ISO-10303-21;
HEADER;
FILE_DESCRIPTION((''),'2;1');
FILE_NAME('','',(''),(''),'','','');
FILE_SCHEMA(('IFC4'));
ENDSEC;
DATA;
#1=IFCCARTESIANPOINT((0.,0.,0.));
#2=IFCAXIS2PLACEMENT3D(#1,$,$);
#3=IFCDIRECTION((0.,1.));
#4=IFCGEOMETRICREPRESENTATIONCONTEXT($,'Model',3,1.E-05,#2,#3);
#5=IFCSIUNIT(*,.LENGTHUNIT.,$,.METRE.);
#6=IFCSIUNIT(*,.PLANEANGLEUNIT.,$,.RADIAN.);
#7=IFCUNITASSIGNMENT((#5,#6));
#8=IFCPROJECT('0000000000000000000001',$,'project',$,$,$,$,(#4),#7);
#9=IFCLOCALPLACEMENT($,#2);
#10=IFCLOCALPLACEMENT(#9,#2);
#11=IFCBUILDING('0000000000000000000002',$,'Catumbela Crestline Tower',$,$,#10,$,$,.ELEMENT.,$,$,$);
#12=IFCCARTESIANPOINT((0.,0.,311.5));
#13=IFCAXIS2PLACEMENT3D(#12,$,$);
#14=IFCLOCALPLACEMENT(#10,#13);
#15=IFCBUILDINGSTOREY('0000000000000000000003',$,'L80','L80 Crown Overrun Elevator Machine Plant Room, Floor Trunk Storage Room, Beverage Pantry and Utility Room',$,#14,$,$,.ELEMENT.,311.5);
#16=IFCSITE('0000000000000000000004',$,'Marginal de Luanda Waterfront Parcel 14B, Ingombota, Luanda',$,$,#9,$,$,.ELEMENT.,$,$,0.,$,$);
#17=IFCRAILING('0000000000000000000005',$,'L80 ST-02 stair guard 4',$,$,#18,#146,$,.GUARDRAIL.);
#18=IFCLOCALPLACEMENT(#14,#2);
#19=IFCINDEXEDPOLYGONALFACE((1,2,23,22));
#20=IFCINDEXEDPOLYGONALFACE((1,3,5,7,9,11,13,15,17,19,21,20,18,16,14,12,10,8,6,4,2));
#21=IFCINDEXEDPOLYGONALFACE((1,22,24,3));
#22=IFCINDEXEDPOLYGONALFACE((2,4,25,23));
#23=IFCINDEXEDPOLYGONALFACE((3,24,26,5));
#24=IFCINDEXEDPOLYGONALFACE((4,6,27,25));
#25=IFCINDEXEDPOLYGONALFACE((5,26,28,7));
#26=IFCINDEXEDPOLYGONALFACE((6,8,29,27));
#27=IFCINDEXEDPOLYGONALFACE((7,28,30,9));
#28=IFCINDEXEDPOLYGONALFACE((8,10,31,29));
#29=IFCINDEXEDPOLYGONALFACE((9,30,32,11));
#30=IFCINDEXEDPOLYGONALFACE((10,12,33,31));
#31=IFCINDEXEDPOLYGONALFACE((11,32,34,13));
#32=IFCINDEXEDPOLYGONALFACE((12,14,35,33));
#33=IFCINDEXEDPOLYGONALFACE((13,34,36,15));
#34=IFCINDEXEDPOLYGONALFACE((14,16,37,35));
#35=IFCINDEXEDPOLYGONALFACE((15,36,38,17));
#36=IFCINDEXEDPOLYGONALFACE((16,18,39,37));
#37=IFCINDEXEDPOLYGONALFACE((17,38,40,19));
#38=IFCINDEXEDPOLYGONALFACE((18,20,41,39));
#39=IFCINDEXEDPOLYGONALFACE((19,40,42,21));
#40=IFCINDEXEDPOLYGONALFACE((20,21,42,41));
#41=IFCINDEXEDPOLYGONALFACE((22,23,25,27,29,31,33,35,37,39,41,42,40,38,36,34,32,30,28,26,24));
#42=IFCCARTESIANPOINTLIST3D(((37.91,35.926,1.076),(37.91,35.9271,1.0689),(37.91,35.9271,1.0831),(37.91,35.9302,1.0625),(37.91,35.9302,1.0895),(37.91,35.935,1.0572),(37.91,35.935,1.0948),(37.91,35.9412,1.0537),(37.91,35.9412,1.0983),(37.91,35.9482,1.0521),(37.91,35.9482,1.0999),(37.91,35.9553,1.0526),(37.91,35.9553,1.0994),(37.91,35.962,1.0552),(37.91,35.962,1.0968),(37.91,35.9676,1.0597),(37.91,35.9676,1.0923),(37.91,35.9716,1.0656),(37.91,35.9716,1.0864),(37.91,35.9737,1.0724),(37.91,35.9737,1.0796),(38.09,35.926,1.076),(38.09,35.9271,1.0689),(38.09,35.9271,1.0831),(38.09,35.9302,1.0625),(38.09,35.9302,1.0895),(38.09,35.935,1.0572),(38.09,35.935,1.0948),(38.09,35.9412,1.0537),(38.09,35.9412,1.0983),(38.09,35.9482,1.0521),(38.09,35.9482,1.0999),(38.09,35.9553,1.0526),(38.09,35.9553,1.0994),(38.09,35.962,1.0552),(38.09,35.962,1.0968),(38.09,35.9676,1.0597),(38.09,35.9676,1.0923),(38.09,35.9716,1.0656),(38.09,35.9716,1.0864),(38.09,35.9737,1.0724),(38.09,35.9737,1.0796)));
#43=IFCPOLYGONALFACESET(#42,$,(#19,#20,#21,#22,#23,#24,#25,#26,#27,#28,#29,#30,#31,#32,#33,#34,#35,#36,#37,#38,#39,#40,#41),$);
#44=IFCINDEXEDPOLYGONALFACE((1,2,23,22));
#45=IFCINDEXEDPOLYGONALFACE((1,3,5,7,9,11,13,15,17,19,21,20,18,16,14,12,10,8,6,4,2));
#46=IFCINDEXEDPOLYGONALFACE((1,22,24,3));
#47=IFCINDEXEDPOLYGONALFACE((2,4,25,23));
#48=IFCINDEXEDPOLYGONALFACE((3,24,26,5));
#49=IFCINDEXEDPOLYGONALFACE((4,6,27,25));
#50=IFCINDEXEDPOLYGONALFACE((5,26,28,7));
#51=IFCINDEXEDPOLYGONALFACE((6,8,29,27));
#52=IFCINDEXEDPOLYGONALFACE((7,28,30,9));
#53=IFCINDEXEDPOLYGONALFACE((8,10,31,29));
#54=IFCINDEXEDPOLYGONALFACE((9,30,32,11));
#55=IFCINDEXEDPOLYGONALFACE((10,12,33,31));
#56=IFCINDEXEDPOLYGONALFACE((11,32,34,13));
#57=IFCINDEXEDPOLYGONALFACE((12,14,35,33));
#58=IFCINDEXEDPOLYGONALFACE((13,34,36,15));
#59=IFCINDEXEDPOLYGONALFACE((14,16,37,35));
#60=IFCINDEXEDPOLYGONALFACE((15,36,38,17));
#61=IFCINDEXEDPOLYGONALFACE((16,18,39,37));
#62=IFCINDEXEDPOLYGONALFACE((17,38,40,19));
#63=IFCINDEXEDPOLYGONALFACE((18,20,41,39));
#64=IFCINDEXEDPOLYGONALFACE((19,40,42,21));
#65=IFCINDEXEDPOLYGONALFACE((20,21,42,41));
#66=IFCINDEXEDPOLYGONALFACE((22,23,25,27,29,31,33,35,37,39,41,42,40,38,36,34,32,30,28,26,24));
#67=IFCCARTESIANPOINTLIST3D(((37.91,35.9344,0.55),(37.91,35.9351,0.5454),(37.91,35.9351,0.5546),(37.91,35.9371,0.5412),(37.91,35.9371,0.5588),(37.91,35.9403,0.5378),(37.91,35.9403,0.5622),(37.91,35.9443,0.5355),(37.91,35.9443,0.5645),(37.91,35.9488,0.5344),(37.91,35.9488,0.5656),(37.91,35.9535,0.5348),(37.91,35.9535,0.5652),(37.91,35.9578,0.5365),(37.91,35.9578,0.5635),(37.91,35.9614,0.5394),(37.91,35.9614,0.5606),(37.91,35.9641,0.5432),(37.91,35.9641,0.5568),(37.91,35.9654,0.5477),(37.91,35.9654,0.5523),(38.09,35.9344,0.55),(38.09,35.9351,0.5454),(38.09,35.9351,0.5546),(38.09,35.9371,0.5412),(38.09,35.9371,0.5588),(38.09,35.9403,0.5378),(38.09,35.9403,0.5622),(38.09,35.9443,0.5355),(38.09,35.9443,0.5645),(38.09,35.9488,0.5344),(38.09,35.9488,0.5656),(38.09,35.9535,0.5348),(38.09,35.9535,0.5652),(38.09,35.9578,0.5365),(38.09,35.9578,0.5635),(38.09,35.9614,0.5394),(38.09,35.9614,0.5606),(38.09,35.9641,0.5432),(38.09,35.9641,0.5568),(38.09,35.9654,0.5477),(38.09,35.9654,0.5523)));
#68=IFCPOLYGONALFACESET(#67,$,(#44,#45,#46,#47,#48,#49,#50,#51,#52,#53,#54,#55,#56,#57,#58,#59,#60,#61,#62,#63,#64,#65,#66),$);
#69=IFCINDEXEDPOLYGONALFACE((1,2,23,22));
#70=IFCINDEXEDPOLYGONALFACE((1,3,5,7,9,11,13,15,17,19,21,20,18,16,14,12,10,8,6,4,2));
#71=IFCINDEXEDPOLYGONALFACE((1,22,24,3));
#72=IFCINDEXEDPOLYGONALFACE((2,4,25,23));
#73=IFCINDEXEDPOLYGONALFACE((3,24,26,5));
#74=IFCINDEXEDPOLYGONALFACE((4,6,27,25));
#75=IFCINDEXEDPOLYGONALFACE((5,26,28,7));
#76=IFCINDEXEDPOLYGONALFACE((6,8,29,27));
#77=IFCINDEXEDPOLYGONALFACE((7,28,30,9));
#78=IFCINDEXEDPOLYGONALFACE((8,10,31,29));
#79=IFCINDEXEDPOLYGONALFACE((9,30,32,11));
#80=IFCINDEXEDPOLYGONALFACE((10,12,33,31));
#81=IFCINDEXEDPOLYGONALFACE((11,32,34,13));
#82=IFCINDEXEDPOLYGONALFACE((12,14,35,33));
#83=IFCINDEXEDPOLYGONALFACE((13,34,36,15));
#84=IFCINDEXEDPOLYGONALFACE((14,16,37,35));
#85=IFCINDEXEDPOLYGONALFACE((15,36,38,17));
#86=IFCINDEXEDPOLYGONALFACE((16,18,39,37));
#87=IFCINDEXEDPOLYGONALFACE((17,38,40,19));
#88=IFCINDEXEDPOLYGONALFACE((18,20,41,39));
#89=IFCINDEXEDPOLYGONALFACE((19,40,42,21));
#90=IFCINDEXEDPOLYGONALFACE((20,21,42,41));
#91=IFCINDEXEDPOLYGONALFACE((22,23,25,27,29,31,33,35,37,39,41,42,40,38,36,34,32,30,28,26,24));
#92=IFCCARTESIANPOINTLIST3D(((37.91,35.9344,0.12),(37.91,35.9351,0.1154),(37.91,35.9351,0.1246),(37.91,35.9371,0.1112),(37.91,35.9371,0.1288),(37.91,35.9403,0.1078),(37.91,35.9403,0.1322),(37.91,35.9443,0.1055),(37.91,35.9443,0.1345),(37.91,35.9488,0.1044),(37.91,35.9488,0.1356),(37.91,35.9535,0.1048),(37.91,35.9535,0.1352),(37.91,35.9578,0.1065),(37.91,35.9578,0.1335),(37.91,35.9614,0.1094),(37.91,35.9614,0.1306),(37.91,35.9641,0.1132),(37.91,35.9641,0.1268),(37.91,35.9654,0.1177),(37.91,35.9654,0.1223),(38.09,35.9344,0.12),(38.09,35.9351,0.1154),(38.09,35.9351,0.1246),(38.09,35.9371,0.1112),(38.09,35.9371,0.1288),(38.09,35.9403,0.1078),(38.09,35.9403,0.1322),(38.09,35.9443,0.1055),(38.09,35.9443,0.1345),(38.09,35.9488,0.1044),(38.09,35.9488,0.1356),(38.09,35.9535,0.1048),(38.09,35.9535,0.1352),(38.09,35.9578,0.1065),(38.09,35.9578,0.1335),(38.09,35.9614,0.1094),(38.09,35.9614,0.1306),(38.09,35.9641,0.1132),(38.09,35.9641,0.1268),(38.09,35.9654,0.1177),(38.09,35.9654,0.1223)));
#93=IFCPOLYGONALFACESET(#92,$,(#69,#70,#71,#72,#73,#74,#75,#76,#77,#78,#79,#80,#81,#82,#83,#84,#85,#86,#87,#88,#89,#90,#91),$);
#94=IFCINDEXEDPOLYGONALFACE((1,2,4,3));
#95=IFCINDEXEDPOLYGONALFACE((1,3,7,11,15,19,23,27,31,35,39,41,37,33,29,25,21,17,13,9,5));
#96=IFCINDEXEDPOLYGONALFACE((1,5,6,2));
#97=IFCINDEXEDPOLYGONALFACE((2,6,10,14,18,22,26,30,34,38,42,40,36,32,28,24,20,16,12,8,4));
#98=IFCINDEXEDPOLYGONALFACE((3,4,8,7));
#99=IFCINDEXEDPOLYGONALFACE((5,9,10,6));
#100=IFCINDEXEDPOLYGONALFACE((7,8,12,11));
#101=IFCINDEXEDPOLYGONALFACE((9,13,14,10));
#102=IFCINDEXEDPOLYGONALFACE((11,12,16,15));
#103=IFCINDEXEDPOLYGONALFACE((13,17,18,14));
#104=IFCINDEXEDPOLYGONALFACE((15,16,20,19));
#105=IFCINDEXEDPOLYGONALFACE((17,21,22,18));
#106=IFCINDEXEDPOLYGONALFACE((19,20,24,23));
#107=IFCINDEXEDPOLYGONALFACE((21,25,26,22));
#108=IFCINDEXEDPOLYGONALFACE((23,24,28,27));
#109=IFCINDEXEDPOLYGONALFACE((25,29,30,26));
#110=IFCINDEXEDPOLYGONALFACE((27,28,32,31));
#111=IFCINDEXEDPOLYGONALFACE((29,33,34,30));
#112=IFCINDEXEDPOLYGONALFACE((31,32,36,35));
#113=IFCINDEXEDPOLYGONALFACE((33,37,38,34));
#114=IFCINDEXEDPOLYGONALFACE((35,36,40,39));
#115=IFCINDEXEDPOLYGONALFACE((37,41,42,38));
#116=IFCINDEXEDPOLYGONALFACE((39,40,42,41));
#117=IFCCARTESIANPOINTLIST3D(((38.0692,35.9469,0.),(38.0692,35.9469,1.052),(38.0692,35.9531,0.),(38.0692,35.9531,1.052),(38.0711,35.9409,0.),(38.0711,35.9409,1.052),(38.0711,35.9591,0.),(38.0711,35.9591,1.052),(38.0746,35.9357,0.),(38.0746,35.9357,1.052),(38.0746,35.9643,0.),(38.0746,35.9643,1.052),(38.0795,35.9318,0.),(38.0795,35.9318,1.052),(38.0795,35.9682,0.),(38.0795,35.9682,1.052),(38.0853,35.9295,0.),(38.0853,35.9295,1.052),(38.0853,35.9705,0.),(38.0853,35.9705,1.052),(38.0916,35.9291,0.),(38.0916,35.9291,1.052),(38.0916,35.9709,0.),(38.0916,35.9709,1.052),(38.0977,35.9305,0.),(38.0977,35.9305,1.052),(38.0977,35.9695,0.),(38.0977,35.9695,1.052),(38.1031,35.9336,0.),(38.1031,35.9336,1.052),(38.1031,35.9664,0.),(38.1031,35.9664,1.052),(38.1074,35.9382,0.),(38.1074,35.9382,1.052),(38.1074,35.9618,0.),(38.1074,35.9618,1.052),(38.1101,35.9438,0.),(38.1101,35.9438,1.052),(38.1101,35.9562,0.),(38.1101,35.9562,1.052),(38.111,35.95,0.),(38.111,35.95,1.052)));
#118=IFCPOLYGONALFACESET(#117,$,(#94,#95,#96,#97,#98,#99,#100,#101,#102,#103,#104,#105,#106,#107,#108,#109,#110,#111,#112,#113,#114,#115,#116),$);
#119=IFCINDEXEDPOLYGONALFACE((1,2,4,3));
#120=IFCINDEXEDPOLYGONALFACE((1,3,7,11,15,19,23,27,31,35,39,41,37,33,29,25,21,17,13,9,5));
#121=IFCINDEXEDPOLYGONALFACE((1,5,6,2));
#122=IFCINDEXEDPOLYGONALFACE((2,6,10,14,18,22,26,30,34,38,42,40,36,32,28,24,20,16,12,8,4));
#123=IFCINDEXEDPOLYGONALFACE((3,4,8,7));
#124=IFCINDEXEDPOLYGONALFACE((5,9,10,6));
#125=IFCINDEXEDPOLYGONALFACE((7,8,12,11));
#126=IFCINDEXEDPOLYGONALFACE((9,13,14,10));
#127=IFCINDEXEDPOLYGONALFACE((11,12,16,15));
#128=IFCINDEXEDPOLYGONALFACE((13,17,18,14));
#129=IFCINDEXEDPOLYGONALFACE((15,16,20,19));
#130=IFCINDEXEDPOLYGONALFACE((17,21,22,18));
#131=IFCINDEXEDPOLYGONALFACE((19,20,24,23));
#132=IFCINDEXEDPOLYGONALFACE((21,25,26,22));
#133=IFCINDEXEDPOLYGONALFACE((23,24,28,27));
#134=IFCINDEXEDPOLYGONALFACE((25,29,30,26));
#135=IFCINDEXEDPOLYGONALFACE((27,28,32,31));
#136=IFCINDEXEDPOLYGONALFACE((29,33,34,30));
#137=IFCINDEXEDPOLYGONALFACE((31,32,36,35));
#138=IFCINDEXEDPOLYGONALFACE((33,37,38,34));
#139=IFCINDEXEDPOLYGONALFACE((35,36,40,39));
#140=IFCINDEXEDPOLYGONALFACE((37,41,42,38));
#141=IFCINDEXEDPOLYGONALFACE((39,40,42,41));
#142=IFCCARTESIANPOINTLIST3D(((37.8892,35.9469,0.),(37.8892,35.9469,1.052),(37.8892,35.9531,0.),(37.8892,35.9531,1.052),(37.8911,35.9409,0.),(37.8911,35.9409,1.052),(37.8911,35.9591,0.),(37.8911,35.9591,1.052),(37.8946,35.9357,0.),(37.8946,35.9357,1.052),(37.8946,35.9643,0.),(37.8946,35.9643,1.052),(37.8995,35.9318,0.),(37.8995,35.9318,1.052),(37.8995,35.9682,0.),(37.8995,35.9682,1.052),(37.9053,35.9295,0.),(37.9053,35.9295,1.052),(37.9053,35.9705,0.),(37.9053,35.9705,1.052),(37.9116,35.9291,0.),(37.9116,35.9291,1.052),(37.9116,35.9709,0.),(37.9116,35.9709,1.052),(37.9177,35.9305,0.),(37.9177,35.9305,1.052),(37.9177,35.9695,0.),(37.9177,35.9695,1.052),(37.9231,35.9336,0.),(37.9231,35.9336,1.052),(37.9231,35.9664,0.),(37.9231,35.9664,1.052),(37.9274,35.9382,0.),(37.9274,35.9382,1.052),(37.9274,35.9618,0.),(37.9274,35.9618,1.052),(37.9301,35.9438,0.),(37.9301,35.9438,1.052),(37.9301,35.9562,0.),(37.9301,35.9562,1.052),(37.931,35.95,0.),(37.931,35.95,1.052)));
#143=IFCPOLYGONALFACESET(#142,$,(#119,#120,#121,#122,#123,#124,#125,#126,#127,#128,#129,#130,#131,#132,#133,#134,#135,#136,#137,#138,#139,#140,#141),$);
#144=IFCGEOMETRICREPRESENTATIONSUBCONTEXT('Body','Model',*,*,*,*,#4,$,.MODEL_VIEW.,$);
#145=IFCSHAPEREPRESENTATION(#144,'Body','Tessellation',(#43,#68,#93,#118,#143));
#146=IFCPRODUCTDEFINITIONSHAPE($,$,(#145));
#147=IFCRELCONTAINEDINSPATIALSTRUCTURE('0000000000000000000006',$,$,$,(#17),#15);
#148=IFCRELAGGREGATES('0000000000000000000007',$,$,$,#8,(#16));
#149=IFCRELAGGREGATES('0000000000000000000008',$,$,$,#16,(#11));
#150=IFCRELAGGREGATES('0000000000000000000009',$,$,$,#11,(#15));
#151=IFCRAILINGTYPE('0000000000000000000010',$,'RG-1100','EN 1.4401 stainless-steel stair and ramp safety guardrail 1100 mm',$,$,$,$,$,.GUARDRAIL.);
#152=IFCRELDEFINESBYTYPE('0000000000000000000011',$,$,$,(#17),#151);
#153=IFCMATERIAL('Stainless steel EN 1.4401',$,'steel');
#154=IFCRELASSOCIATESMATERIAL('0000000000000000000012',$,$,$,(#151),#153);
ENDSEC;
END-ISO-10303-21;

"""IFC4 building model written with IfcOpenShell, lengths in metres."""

from ifc_helpers import new_model, si_unit, direction, frame, origin, origin_2d, place, context, subcontext, project, spatial, circle, extrude, material, type_object, element, save


model = new_model("IFC4")

# Units and contexts
model_context = context("Model", 3, precision=1e-05, world=origin(), true_north=direction((0.0, 1.0)))
body_context = subcontext(model_context, "Body", "Model", "MODEL_VIEW")
ifc_project = project(units=[si_unit("LENGTHUNIT", "METRE"), si_unit("PLANEANGLEUNIT", "RADIAN")], contexts=[model_context])

# Site, building, storey
site_placement = place(None, origin())
site = spatial("IfcSite", under=ifc_project, at=site_placement, Name="Marginal de Luanda Waterfront Parcel 14B, Ingombota, Luanda", CompositionType="ELEMENT", RefElevation=0.0)
building_placement = place(site_placement, origin())
building = spatial("IfcBuilding", under=site, at=building_placement, Name="Catumbela Crestline Tower", CompositionType="ELEMENT")
storey_placement = place(building_placement, frame((0.0, 0.0, 311.5)))
storey = spatial("IfcBuildingStorey", under=building, at=storey_placement, Name="L80", Description="L80 Crown Overrun Elevator Machine Plant Room, Floor Trunk Storage Room, Beverage Pantry and Utility Room", CompositionType="ELEMENT", Elevation=311.5)

# Shared definitions
ifc_material_1 = material(Name="Stainless steel EN 1.4401", Category="steel")

# Railing
railing_type_1 = type_object("IfcRailingType", Name="RG-1100", Description="EN 1.4401 stainless-steel stair and ramp safety guardrail 1100 mm", PredefinedType="GUARDRAIL", material=ifc_material_1)
railing_1_placement = place(storey_placement, frame((38.09, 35.95, 0.0)))
element("IfcRailing", 1, at=railing_1_placement, inside=storey, type_object=railing_type_1, Name="L80 ST-02 stair guard 4", PredefinedType="GUARDRAIL", context=body_context, shape_type="SweptSolid", body=[
    extrude(circle(Radius=0.024, at=origin_2d()), frame((0.0, 0.0, 1.076), z_axis=(-1.0, 0.0, 0.0), x_axis=(0.0, -1.0, 0.0)), (0.0, 0.0, 1.0), 0.18),
    extrude(circle(Radius=0.0156, at=origin_2d()), frame((0.0, 0.0, 0.55), z_axis=(-1.0, 0.0, 0.0), x_axis=(0.0, -1.0, 0.0)), (0.0, 0.0, 1.0), 0.18),
    extrude(circle(Radius=0.0156, at=origin_2d()), frame((0.0, 0.0, 0.12), z_axis=(-1.0, 0.0, 0.0), x_axis=(0.0, -1.0, 0.0)), (0.0, 0.0, 1.0), 0.18),
    extrude(circle(Radius=0.021, at=origin_2d()), origin(), (0.0, 0.0, 1.0), 1.052),
    extrude(circle(Radius=0.021, at=origin_2d()), frame((-0.18, 0.0, 0.0)), (0.0, 0.0, 1.0), 1.052),
])

save(model, "model.ifc")
